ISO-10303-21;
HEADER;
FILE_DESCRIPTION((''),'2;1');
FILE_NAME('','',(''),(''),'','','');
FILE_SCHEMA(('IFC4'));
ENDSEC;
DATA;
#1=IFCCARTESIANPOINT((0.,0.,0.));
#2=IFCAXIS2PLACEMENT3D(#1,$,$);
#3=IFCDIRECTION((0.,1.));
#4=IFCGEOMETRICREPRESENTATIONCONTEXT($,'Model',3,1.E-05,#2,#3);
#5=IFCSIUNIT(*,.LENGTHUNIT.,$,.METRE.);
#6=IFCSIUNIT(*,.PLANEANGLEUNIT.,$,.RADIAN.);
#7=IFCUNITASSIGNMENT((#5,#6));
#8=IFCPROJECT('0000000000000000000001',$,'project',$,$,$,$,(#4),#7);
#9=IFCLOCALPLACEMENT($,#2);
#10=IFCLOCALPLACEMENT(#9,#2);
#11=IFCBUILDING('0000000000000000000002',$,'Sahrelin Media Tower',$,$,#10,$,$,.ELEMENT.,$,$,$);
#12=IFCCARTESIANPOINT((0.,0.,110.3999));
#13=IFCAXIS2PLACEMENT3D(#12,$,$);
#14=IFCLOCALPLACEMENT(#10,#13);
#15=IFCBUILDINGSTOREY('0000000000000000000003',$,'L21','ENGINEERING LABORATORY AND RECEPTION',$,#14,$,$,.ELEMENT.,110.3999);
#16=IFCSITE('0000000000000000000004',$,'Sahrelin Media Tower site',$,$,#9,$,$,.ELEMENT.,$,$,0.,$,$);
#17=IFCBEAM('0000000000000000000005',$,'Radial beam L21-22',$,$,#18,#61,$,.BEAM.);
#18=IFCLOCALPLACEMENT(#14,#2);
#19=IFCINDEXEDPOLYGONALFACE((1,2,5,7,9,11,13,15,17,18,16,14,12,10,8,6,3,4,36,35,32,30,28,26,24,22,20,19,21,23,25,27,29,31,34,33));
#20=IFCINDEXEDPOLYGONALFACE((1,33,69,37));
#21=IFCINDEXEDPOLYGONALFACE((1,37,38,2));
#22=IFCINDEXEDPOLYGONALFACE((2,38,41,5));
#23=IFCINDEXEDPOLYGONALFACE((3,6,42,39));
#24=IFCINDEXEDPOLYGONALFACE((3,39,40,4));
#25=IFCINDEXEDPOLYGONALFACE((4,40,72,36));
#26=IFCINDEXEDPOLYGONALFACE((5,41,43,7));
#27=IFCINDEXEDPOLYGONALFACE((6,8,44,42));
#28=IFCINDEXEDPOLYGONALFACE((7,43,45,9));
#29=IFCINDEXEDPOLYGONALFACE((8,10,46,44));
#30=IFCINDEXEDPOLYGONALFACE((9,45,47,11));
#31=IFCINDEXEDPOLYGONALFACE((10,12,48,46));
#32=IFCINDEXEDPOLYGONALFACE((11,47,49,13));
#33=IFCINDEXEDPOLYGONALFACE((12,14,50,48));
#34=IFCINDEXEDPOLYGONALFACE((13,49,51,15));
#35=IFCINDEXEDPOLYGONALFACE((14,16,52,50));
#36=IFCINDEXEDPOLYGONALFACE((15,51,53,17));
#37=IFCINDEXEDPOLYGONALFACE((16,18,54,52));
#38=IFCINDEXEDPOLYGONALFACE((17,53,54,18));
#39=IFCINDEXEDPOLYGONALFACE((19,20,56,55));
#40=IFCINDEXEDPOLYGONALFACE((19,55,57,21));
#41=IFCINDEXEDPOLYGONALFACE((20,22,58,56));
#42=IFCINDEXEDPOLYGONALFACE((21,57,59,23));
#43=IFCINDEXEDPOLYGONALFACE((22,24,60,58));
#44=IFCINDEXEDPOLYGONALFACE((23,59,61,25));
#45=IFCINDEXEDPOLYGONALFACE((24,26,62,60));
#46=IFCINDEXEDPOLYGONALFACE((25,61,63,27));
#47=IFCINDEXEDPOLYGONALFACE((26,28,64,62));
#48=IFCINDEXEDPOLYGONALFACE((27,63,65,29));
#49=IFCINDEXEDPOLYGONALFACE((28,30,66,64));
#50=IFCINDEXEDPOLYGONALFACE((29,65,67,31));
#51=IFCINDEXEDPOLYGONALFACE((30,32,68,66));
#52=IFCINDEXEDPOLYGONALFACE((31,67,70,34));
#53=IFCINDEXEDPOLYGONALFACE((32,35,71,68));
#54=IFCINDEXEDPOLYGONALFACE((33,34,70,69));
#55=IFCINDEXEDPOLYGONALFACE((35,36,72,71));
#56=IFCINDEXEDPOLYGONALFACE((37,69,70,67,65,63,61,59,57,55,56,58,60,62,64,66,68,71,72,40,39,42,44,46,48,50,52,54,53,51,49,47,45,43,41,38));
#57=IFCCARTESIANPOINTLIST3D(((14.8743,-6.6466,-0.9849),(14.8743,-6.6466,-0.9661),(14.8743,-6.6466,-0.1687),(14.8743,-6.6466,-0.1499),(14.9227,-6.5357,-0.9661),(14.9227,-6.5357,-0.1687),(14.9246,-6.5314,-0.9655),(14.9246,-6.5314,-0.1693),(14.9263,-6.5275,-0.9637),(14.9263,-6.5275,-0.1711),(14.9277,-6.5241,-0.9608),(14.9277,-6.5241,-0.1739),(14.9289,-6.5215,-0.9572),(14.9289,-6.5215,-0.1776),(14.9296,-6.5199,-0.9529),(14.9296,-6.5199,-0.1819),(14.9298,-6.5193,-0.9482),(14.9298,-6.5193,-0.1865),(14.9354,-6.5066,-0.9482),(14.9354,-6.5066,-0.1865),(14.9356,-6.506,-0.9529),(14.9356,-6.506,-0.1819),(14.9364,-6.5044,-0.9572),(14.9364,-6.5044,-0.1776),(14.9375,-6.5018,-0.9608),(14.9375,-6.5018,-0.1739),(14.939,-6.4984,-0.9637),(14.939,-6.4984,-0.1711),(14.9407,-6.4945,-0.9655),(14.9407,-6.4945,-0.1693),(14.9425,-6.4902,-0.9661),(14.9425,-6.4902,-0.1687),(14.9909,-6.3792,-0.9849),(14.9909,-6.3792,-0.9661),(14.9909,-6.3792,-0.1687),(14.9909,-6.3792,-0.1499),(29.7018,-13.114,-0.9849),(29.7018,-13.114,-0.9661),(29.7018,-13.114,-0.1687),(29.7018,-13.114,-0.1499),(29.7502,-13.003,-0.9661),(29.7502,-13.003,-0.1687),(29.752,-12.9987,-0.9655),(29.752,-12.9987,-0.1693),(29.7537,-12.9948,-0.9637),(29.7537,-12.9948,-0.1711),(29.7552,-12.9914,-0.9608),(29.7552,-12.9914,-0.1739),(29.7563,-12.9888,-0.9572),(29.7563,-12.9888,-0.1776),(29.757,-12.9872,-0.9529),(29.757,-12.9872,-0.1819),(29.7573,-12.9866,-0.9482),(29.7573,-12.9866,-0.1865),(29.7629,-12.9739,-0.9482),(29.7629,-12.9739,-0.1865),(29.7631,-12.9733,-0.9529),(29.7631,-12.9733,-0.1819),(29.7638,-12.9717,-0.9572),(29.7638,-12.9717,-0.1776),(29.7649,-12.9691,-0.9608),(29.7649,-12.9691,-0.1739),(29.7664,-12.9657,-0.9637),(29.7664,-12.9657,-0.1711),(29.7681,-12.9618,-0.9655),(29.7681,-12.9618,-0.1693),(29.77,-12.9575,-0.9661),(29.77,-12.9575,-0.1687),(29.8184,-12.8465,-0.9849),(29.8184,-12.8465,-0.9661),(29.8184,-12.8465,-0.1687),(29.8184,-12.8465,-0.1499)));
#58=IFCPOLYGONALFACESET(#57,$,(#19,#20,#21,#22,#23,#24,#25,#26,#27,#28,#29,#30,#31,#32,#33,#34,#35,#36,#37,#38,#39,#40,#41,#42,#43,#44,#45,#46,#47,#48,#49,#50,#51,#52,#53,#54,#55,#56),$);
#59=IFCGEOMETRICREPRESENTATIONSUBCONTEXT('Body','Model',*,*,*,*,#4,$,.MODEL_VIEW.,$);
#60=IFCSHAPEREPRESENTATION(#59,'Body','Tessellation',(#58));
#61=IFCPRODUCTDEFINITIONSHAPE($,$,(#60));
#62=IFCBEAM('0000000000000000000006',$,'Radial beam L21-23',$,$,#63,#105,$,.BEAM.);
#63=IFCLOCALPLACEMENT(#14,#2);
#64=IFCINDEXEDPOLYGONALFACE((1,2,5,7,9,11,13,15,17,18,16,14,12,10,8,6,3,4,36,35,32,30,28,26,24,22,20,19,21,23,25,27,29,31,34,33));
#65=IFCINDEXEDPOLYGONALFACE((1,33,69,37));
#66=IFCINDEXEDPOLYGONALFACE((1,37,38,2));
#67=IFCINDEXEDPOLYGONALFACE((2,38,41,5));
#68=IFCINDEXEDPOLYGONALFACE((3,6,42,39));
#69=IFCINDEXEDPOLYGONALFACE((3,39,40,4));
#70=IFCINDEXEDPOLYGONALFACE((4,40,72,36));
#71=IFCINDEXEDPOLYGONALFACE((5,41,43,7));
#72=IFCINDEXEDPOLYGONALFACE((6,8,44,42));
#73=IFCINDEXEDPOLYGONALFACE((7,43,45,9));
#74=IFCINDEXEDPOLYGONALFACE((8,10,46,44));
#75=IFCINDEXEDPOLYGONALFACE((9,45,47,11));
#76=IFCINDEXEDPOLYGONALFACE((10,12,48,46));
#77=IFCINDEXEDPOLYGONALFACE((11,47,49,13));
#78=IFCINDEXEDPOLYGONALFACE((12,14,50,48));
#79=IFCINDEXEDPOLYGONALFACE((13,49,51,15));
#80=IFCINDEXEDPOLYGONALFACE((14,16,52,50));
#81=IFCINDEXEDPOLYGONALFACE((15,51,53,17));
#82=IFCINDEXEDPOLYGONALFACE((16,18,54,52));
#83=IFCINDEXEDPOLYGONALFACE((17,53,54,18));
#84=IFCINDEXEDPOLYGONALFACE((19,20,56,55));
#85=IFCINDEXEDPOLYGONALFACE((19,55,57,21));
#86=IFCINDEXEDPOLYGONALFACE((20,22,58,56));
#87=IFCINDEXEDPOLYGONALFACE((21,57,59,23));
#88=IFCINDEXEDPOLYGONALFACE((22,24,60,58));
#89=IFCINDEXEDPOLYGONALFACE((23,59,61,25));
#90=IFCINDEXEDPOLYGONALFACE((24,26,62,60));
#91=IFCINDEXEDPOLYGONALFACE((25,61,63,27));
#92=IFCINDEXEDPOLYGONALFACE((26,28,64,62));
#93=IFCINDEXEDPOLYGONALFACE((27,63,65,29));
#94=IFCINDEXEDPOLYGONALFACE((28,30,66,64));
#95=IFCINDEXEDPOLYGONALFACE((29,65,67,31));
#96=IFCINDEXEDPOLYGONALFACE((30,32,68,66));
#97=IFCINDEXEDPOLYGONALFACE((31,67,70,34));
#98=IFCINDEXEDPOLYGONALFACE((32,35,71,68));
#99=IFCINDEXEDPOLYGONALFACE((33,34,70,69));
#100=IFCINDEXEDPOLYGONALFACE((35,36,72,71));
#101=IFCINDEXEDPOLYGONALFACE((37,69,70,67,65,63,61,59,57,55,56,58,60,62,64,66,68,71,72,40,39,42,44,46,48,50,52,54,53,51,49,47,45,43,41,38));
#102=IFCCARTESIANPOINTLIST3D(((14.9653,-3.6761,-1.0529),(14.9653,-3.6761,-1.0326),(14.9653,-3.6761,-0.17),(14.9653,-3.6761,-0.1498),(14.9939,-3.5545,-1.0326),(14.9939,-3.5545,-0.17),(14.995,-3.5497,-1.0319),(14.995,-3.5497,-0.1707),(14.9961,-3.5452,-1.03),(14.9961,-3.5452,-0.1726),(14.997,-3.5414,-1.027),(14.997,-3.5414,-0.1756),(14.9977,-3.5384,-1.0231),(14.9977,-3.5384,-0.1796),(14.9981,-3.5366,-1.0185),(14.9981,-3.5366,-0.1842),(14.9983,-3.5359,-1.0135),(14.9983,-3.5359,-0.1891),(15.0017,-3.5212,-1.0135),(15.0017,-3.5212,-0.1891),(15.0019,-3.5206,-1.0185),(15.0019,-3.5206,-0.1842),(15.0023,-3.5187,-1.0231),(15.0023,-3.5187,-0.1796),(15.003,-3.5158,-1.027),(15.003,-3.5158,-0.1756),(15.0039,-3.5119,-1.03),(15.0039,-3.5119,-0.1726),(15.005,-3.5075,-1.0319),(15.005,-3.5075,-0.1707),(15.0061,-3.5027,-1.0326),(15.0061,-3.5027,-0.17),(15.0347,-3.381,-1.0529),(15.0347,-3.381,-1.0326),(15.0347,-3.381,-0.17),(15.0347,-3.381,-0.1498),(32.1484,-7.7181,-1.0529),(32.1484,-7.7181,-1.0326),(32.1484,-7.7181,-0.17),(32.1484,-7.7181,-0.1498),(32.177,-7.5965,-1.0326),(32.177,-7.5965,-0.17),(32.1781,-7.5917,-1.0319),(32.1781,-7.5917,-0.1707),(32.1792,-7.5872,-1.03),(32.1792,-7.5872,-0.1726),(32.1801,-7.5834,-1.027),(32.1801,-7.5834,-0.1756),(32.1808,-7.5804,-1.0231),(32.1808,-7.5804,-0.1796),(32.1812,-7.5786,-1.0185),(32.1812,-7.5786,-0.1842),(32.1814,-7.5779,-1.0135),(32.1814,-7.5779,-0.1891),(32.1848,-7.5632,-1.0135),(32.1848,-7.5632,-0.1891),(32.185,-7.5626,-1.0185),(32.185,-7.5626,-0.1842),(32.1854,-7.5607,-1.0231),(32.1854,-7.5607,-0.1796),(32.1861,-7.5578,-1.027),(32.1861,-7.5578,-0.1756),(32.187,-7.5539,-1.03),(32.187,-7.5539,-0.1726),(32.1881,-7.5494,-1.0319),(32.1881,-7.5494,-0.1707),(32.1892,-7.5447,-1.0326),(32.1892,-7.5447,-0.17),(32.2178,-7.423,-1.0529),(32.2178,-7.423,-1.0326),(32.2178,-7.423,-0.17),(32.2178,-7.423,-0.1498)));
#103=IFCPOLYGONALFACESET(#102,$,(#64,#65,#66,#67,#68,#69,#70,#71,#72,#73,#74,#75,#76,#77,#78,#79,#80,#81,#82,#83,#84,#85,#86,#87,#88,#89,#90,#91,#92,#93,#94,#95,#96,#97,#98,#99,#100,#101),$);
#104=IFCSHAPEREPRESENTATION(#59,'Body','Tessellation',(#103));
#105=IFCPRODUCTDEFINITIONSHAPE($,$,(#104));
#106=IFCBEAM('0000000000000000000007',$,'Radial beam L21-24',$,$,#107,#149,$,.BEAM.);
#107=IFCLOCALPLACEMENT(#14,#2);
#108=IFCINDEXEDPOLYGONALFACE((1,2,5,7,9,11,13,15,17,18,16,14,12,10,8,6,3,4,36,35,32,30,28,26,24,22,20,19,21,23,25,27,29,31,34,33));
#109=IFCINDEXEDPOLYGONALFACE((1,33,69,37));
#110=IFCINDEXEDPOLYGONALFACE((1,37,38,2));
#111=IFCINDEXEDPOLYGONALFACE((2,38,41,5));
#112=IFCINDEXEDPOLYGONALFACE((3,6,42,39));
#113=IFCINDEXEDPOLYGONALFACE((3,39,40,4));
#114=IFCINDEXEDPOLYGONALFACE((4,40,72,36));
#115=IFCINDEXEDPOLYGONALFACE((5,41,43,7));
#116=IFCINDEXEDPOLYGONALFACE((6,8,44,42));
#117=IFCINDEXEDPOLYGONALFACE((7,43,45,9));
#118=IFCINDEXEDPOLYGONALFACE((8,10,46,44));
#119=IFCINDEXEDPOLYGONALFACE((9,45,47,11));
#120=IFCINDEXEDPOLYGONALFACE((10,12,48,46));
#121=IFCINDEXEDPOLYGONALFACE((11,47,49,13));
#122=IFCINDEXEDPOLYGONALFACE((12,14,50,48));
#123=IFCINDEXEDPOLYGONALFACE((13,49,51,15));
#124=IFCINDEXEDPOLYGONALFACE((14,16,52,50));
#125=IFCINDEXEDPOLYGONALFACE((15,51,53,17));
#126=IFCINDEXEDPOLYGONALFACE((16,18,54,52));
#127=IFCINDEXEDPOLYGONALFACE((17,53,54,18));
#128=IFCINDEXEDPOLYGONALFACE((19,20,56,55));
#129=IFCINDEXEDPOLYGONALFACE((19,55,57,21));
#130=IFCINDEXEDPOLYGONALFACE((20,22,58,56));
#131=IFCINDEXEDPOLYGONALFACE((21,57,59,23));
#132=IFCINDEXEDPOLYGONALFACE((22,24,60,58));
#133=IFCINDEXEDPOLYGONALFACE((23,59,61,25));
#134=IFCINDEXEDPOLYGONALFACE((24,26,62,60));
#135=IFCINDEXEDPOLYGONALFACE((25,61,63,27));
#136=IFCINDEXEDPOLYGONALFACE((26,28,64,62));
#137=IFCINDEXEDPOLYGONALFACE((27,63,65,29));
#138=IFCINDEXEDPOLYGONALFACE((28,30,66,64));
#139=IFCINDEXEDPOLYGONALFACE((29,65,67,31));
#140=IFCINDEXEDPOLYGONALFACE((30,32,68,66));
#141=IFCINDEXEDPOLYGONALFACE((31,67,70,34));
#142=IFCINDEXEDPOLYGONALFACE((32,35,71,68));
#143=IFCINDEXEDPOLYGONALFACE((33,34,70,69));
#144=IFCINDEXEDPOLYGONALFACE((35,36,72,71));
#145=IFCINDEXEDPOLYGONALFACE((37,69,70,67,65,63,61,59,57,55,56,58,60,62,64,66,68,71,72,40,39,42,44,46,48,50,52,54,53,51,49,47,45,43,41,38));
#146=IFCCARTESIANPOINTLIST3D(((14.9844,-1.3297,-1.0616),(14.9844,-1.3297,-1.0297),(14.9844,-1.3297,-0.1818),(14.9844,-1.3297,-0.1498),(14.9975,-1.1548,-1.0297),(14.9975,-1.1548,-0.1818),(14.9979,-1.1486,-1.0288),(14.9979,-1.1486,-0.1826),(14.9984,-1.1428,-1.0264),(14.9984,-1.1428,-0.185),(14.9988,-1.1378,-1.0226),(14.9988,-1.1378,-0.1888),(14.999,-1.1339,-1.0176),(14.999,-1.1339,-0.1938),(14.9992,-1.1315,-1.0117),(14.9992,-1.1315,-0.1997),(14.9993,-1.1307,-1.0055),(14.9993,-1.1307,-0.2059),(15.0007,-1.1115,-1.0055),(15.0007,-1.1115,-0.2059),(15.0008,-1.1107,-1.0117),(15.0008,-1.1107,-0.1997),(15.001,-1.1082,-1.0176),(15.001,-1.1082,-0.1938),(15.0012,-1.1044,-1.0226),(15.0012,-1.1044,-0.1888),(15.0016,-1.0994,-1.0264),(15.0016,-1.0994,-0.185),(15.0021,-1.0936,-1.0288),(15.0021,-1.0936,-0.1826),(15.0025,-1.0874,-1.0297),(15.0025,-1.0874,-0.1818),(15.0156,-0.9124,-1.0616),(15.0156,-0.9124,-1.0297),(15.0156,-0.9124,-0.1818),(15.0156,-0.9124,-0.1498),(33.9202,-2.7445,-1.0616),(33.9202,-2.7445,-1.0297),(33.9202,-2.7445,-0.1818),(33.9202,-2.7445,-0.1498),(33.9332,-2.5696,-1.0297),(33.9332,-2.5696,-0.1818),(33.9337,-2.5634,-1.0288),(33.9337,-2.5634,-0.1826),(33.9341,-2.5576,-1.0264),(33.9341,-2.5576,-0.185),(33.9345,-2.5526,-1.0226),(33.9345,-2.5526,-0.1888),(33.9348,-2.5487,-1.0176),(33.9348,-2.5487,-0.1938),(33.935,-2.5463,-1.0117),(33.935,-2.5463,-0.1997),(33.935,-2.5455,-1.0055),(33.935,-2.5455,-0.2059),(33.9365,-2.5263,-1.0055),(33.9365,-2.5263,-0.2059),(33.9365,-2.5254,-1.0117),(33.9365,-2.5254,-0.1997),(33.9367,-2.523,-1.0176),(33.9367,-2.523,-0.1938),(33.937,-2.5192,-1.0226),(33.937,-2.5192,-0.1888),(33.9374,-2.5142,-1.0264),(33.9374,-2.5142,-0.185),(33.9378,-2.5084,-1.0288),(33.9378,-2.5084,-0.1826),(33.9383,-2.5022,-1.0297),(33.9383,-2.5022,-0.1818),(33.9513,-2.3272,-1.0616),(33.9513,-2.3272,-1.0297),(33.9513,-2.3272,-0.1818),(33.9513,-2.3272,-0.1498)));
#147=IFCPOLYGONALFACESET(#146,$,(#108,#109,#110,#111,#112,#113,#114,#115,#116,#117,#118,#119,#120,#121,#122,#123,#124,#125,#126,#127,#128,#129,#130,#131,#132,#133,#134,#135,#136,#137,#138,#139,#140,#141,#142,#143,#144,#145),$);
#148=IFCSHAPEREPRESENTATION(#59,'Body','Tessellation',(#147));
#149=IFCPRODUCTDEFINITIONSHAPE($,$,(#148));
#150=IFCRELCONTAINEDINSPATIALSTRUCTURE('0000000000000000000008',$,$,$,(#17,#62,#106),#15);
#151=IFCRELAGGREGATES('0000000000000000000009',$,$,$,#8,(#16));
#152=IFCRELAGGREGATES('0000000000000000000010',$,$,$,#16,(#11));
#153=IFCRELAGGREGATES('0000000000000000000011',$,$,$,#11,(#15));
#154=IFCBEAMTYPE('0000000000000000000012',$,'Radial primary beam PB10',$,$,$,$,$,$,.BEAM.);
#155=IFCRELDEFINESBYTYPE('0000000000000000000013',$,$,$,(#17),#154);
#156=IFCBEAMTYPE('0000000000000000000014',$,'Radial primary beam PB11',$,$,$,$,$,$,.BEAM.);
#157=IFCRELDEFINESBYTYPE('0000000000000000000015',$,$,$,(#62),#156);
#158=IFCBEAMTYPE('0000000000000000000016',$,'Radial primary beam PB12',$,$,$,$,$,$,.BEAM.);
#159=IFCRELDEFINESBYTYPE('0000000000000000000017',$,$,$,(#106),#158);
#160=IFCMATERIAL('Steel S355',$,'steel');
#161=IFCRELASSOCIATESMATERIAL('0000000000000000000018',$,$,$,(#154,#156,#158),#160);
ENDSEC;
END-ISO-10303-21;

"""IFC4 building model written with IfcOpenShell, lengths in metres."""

from ifc_helpers import new_model, si_unit, direction, frame, origin, origin_2d, place, context, subcontext, project, spatial, i_section, extrude, material, material_profile, profile_set, type_object, element, save


model = new_model("IFC4")

# Units and contexts
model_context = context("Model", 3, precision=1e-05, world=origin(), true_north=direction((0.0, 1.0)))
body_context = subcontext(model_context, "Body", "Model", "MODEL_VIEW")
ifc_project = project(units=[si_unit("LENGTHUNIT", "METRE"), si_unit("PLANEANGLEUNIT", "RADIAN")], contexts=[model_context])

# Site, building, storey
site_placement = place(None, origin())
site = spatial("IfcSite", under=ifc_project, at=site_placement, Name="Sahrelin Media Tower site", CompositionType="ELEMENT", RefElevation=0.0)
building_placement = place(site_placement, origin())
building = spatial("IfcBuilding", under=site, at=building_placement, Name="Sahrelin Media Tower", CompositionType="ELEMENT")
storey_placement = place(building_placement, frame((0.0, 0.0, 110.3999)))
storey = spatial("IfcBuildingStorey", under=building, at=storey_placement, Name="L21", Description="ENGINEERING LABORATORY AND RECEPTION", CompositionType="ELEMENT", Elevation=110.3999)

# Beams
ifc_material_1 = material(Name="Steel S355", Category="steel")
ifc_material_profile_1 = material_profile(ifc_material_1, i_section(OverallWidth=0.2917, OverallDepth=0.835, WebThickness=0.0139, FlangeThickness=0.0188, FilletRadius=0.0178, at=origin_2d()), Name="UB 838x292x176")
ifc_profile_set_1 = profile_set([ifc_material_profile_1], Name="Steel S355")
beam_type_1 = type_object("IfcBeamType", Name="Radial primary beam PB10", PredefinedType="BEAM", material=ifc_profile_set_1)
beam_1_placement = place(storey_placement, frame((14.9326, -6.5129, -0.5674), z_axis=(0.916604, -0.399796, 0.0), x_axis=(0.399796, 0.916604, 0.0)))
element("IfcBeam", 1, at=beam_1_placement, inside=storey, type_object=beam_type_1, Name="Radial beam L21-22", PredefinedType="BEAM", context=body_context, shape_type="SweptSolid", body=[
    extrude(i_section(OverallWidth=0.2917, OverallDepth=0.835, WebThickness=0.0139, FlangeThickness=0.0188, FilletRadius=0.0178, at=origin_2d()), origin(), (0.0, 0.0, 1.0), 16.1765),
])
ifc_material_profile_2 = material_profile(ifc_material_1, i_section(OverallWidth=0.3032, OverallDepth=0.9031, WebThickness=0.0151, FlangeThickness=0.0203, FilletRadius=0.019, at=origin_2d()), Name="UB 914x305x201")
ifc_profile_set_2 = profile_set([ifc_material_profile_2], Name="Steel S355")
beam_type_2 = type_object("IfcBeamType", Name="Radial primary beam PB11", PredefinedType="BEAM", material=ifc_profile_set_2)
beam_2_placement = place(storey_placement, frame((15.0, -3.5286, -0.6013), z_axis=(0.973431, -0.228981, 0.0), x_axis=(0.228981, 0.973431, 0.0)))
element("IfcBeam", 2, at=beam_2_placement, inside=storey, type_object=beam_type_2, Name="Radial beam L21-23", PredefinedType="BEAM", context=body_context, shape_type="SweptSolid", body=[
    extrude(i_section(OverallWidth=0.3032, OverallDepth=0.9031, WebThickness=0.0151, FlangeThickness=0.0203, FilletRadius=0.019, at=origin_2d()), origin(), (0.0, 0.0, 1.0), 17.6521),
])
ifc_material_profile_3 = material_profile(ifc_material_1, i_section(OverallWidth=0.4185, OverallDepth=0.9119, WebThickness=0.0193, FlangeThickness=0.032, FilletRadius=0.0242, at=origin_2d()), Name="UB 914x419x343")
ifc_profile_set_3 = profile_set([ifc_material_profile_3], Name="Steel S355")
beam_type_3 = type_object("IfcBeamType", Name="Radial primary beam PB12", PredefinedType="BEAM", material=ifc_profile_set_3)
beam_3_placement = place(storey_placement, frame((15.0, -1.1211, -0.6057), z_axis=(0.99722, -0.074508, 0.0), x_axis=(0.074508, 0.99722, 0.0)))
element("IfcBeam", 3, at=beam_3_placement, inside=storey, type_object=beam_type_3, Name="Radial beam L21-24", PredefinedType="BEAM", context=body_context, shape_type="SweptSolid", body=[
    extrude(i_section(OverallWidth=0.4185, OverallDepth=0.9119, WebThickness=0.0193, FlangeThickness=0.032, FilletRadius=0.0242, at=origin_2d()), origin(), (0.0, 0.0, 1.0), 18.9885),
])

save(model, "model.ifc")
